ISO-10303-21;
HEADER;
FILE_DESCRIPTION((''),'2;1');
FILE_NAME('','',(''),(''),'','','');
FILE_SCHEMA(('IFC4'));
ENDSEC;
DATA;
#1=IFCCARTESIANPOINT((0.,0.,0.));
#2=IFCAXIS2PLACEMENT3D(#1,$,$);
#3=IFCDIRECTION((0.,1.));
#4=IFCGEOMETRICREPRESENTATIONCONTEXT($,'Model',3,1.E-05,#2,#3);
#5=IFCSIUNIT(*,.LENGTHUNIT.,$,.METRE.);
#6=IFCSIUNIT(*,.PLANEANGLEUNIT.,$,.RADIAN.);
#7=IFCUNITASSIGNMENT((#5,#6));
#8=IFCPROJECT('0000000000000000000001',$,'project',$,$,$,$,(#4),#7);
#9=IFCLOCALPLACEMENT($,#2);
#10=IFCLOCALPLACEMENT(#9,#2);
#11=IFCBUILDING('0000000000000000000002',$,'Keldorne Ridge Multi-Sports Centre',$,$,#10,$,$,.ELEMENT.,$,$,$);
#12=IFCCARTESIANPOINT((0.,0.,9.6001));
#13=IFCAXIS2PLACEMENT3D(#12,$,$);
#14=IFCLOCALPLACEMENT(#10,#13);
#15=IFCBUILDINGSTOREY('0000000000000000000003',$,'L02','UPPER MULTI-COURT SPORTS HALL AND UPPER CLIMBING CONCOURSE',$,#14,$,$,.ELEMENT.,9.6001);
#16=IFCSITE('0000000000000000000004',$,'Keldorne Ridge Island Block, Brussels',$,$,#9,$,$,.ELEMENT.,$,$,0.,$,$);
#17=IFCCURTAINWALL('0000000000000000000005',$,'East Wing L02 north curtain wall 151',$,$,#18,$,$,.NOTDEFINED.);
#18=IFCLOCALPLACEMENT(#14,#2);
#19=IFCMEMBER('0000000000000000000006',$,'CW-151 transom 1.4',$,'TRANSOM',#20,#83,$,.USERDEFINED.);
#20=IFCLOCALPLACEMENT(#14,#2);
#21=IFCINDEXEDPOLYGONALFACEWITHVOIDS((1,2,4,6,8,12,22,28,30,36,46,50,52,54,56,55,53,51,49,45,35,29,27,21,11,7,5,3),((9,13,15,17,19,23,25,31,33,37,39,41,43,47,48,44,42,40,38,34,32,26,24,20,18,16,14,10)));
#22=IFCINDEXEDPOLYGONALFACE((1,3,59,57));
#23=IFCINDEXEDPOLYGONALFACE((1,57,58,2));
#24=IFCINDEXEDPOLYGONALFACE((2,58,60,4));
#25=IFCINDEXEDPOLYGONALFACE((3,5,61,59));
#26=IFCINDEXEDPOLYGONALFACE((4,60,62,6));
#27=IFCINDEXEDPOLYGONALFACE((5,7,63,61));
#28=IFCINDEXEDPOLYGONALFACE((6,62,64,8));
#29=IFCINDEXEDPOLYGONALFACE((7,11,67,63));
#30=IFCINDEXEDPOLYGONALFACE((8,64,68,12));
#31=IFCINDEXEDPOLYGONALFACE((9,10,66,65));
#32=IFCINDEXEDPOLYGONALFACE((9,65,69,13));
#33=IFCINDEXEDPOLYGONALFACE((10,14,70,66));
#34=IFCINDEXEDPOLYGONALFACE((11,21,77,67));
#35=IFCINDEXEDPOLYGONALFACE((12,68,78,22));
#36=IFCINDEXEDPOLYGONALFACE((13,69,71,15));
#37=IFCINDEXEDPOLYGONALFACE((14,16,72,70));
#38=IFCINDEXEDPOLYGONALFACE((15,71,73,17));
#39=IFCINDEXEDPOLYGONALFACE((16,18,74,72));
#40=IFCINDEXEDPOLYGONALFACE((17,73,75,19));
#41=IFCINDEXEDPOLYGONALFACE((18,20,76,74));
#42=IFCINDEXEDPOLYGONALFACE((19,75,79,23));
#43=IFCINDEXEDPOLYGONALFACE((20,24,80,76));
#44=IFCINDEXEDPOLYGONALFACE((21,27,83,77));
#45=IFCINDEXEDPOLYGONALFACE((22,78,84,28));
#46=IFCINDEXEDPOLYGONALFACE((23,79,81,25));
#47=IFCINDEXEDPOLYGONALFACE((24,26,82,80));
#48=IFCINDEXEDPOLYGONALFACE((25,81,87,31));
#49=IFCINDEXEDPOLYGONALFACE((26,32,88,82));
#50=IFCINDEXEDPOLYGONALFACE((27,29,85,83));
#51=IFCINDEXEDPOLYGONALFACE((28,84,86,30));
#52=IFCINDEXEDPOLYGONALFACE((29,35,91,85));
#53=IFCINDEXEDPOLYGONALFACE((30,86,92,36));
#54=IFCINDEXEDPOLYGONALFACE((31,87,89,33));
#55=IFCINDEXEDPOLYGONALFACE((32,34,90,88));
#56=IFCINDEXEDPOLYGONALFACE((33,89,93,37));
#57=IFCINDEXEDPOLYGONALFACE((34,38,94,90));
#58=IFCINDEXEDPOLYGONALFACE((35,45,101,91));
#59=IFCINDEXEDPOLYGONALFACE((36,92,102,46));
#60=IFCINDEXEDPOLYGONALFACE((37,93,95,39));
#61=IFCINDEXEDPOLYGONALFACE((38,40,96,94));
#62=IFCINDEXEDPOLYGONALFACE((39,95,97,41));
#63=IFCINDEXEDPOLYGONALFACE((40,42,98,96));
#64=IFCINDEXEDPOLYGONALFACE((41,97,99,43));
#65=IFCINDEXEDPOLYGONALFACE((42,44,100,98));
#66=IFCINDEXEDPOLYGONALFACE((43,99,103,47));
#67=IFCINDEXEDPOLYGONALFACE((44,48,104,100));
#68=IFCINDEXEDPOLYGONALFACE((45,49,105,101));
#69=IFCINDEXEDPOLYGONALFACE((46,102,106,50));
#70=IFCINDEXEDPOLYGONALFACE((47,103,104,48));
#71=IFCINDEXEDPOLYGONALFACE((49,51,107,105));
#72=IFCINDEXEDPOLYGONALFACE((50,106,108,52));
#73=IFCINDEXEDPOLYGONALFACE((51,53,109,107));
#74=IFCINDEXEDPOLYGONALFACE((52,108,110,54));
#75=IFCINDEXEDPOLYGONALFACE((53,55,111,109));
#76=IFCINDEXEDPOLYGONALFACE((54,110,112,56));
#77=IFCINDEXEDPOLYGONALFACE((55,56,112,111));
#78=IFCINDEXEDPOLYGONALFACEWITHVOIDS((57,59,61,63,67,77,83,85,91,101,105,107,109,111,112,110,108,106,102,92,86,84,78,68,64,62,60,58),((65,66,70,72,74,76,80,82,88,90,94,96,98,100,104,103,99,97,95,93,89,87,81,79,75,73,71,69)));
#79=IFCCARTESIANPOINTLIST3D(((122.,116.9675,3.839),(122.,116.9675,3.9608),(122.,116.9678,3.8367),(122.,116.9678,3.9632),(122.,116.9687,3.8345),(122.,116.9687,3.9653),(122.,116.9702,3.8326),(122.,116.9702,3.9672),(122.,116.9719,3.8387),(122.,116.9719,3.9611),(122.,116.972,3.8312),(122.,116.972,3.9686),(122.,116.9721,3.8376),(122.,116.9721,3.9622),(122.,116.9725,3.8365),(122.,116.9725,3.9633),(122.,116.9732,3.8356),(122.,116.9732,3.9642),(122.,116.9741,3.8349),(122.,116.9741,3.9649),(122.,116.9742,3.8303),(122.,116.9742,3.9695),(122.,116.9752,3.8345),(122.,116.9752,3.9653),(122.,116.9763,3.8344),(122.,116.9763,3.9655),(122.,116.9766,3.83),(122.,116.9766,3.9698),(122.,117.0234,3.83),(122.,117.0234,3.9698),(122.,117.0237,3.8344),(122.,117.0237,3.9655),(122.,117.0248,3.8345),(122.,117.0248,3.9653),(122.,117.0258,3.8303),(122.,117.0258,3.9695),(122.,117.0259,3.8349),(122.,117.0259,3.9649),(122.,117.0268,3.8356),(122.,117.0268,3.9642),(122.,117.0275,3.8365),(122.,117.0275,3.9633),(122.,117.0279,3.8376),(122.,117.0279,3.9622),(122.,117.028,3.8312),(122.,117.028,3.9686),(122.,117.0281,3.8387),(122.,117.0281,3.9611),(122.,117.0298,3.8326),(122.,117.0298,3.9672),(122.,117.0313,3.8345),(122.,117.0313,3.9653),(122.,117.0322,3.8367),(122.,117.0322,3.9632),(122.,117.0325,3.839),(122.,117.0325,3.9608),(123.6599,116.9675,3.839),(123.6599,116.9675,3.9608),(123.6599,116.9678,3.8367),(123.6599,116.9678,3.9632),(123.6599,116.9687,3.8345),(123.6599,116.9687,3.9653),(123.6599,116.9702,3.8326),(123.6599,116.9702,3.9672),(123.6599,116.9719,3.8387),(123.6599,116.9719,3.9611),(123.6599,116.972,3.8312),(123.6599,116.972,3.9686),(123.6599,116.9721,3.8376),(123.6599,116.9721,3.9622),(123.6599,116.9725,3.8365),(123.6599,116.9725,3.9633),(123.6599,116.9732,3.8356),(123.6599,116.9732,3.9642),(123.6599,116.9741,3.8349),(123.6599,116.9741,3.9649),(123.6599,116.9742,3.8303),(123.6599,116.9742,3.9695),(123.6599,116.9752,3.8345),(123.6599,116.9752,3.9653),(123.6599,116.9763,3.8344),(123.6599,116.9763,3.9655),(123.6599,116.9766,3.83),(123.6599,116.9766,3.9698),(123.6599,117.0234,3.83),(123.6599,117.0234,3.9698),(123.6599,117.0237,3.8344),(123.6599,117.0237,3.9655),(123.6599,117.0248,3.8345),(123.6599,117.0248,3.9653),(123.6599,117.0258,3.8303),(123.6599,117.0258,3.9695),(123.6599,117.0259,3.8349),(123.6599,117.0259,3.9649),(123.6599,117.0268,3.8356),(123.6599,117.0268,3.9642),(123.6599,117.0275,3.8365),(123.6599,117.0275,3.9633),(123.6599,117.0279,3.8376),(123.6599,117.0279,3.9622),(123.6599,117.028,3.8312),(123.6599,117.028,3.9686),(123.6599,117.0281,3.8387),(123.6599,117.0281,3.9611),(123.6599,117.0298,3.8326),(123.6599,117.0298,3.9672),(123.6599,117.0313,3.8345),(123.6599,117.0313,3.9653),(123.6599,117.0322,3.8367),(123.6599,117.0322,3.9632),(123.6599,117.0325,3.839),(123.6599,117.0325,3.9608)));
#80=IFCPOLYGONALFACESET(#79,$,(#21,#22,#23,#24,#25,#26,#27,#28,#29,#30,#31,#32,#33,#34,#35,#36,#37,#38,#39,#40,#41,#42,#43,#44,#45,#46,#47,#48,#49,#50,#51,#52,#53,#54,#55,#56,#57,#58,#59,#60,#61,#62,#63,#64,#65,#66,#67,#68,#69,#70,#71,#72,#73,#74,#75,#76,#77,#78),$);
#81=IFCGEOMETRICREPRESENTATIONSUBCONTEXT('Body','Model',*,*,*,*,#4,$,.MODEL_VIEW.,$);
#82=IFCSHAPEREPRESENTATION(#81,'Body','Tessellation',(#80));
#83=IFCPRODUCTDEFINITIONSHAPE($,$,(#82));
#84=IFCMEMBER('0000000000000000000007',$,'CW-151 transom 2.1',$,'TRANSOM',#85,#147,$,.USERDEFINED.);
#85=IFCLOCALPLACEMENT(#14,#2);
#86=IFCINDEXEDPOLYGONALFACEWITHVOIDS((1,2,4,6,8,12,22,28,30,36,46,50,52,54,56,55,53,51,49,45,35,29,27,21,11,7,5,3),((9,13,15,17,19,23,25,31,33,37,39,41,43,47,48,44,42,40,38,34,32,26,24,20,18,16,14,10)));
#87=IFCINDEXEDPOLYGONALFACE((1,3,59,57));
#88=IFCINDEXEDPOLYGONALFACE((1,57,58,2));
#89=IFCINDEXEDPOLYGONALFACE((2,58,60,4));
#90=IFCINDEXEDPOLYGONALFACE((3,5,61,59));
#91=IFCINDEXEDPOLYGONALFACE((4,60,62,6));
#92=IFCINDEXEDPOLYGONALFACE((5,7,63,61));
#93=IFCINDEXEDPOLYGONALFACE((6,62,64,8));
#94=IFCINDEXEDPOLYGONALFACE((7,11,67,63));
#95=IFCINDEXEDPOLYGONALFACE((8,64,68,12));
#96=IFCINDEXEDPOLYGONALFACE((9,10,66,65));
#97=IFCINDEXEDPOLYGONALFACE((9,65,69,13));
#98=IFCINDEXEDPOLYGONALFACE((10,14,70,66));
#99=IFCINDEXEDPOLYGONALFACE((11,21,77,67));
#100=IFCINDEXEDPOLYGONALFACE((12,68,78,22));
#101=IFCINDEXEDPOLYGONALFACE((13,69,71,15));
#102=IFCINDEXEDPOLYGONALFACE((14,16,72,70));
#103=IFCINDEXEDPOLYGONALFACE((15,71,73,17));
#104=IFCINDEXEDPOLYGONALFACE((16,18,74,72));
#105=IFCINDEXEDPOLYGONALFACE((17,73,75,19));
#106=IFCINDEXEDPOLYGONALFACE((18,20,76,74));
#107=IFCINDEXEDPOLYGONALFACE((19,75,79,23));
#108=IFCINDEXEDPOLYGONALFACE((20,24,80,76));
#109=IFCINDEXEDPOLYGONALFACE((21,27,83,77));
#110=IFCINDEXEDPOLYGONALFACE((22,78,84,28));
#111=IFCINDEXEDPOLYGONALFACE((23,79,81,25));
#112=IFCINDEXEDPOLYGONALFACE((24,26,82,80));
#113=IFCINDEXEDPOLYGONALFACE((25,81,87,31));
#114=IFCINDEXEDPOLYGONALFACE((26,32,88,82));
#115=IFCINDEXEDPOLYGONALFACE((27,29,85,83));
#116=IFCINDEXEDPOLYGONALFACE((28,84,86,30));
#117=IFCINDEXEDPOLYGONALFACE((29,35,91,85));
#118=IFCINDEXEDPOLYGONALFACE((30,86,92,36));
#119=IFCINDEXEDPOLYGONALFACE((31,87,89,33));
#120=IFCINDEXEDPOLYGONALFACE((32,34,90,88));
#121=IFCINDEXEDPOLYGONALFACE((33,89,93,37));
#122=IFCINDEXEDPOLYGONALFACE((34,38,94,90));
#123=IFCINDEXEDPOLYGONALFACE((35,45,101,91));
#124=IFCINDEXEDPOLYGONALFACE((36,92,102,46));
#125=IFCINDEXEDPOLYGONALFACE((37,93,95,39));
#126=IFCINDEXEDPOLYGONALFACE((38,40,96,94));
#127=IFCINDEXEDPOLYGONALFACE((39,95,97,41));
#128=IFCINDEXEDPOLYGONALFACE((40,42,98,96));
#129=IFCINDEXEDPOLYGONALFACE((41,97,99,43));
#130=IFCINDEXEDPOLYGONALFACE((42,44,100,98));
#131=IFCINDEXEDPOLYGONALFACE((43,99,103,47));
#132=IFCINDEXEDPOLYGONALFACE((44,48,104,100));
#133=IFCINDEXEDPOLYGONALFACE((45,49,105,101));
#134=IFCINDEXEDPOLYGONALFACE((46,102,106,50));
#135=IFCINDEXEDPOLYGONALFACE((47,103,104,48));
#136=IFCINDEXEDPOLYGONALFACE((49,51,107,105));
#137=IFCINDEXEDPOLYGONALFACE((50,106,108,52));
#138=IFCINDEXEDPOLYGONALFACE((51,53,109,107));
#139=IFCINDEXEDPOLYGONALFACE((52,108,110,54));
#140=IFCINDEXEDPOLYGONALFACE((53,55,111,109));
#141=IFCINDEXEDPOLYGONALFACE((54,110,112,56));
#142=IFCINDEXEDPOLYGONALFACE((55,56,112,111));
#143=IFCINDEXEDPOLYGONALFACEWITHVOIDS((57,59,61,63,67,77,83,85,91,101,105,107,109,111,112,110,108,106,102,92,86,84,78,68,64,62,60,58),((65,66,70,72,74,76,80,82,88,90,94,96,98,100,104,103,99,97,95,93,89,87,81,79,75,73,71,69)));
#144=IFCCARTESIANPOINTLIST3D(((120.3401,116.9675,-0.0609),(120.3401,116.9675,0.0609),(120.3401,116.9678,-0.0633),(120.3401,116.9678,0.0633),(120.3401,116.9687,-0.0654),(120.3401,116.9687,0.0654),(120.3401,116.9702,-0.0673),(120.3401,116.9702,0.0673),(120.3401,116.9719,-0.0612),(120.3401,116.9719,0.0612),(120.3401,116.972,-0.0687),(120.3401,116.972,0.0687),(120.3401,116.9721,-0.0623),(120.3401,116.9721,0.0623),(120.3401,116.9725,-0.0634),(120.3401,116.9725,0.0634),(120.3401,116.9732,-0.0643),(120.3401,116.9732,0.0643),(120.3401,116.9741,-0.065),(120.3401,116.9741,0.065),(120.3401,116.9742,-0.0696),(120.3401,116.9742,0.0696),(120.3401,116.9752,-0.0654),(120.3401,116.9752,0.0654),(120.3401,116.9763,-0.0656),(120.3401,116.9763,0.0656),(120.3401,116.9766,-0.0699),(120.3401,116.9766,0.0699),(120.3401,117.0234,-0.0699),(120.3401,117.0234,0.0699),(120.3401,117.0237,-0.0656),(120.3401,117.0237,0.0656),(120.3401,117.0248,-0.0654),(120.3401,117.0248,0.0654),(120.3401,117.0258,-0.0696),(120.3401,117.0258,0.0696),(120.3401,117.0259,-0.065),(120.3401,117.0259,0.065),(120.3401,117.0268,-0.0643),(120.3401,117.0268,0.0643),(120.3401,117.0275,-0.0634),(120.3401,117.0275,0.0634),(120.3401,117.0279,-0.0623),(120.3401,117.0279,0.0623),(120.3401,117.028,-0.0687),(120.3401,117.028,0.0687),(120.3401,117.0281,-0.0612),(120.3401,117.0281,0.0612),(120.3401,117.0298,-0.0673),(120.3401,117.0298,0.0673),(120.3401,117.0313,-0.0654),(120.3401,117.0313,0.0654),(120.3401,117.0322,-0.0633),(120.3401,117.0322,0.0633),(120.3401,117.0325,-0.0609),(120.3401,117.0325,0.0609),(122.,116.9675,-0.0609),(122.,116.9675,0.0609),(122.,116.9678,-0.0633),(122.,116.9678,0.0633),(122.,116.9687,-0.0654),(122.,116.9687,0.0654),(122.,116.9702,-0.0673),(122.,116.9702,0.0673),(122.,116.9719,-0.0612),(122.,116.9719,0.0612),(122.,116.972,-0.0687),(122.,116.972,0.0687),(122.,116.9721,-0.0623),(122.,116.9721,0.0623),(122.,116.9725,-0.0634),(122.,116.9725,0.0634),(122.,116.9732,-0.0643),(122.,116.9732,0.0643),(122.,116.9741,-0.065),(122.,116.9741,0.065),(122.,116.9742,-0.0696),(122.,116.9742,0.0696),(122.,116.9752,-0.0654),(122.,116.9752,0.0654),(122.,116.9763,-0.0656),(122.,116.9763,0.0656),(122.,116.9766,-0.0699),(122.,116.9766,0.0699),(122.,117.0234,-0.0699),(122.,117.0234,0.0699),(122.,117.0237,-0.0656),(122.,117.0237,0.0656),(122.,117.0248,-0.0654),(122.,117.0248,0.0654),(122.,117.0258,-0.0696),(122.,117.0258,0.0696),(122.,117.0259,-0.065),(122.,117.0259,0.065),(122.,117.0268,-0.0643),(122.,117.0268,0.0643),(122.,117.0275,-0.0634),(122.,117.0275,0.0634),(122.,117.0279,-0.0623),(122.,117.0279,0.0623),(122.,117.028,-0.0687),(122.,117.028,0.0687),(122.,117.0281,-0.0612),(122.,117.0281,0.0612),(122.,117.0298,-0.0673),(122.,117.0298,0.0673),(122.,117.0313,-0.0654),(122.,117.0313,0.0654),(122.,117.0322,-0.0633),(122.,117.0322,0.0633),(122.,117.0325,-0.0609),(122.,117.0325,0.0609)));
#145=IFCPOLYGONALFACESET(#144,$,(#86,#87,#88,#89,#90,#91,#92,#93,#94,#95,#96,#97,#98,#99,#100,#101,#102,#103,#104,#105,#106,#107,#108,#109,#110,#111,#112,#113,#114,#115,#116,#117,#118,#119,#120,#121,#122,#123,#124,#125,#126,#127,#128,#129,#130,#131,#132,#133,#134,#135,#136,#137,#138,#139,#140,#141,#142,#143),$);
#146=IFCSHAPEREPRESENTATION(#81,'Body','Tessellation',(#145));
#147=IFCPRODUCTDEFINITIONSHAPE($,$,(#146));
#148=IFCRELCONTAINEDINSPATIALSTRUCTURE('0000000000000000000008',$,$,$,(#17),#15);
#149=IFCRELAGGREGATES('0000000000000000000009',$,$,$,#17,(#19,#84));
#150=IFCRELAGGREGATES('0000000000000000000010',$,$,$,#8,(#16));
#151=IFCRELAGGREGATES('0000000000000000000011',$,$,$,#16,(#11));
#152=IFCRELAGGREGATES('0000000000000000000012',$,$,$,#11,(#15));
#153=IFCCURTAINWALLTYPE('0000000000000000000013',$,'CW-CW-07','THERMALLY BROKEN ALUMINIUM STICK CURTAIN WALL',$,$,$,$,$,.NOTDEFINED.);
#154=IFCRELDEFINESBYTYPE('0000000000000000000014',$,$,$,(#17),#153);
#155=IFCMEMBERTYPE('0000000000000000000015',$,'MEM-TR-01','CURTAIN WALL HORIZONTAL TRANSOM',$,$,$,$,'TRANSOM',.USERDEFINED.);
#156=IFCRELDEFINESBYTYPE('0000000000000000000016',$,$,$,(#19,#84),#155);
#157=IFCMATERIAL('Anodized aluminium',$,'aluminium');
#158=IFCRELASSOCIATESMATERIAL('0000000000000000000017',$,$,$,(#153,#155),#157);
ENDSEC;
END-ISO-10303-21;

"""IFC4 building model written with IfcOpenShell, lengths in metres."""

from ifc_helpers import new_model, si_unit, direction, frame, origin, origin_2d, place, context, subcontext, project, spatial, hollow_rectangle, extrude, material, material_profile, profile_set, type_object, element, aggregate, save


model = new_model("IFC4")

# Units and contexts
model_context = context("Model", 3, precision=1e-05, world=origin(), true_north=direction((0.0, 1.0)))
body_context = subcontext(model_context, "Body", "Model", "MODEL_VIEW")
ifc_project = project(units=[si_unit("LENGTHUNIT", "METRE"), si_unit("PLANEANGLEUNIT", "RADIAN")], contexts=[model_context])

# Site, building, storey
site_placement = place(None, origin())
site = spatial("IfcSite", under=ifc_project, at=site_placement, Name="Keldorne Ridge Island Block, Brussels", CompositionType="ELEMENT", RefElevation=0.0)
building_placement = place(site_placement, origin())
building = spatial("IfcBuilding", under=site, at=building_placement, Name="Keldorne Ridge Multi-Sports Centre", CompositionType="ELEMENT")
storey_placement = place(building_placement, frame((0.0, 0.0, 9.6001)))
storey = spatial("IfcBuildingStorey", under=building, at=storey_placement, Name="L02", Description="UPPER MULTI-COURT SPORTS HALL AND UPPER CLIMBING CONCOURSE", CompositionType="ELEMENT", Elevation=9.6001)

# Curtain wall, members
ifc_material_1 = material(Name="Anodized aluminium", Category="aluminium")
curtain_wall_type = type_object("IfcCurtainWallType", Name="CW-CW-07", Description="THERMALLY BROKEN ALUMINIUM STICK CURTAIN WALL", PredefinedType="NOTDEFINED", material=ifc_material_1)
curtain_wall_placement = place(storey_placement, origin())
curtain_wall = element("IfcCurtainWall", 1, at=curtain_wall_placement, inside=storey, type_object=curtain_wall_type, Name="East Wing L02 north curtain wall 151", PredefinedType="NOTDEFINED")
ifc_material_profile_1 = material_profile(ifc_material_1, hollow_rectangle(XDim=0.0649, YDim=0.1399, WallThickness=0.0044, InnerFilletRadius=0.0044, OuterFilletRadius=0.009, at=origin_2d()), Name="ALU TRANSOM 140x65x4.5")
ifc_profile_set_1 = profile_set([ifc_material_profile_1], Name="Anodized aluminium")
member_type_1 = type_object("IfcMemberType", Name="MEM-TR-01", Description="CURTAIN WALL HORIZONTAL TRANSOM", ElementType="TRANSOM", PredefinedType="USERDEFINED", material=ifc_profile_set_1)
member_1_placement = place(storey_placement, frame((123.6599, 117.0, 3.8999), z_axis=(-1.0, 0.0, 0.0), x_axis=(0.0, -1.0, 0.0)))
member_1 = element("IfcMember", 2, at=member_1_placement, type_object=member_type_1, Name="CW-151 transom 1.4", ObjectType="TRANSOM", PredefinedType="USERDEFINED", context=body_context, shape_type="SweptSolid", body=[
    extrude(hollow_rectangle(XDim=0.0649, YDim=0.1399, WallThickness=0.0044, InnerFilletRadius=0.0044, OuterFilletRadius=0.009, at=origin_2d()), origin(), (0.0, 0.0, 1.0), 1.6599),
])
member_2_placement = place(storey_placement, frame((122.0, 117.0, 0.0), z_axis=(-1.0, 0.0, 0.0), x_axis=(0.0, -1.0, 0.0)))
member_2 = element("IfcMember", 3, at=member_2_placement, type_object=member_type_1, Name="CW-151 transom 2.1", ObjectType="TRANSOM", PredefinedType="USERDEFINED", context=body_context, shape_type="SweptSolid", body=[
    extrude(hollow_rectangle(XDim=0.0649, YDim=0.1399, WallThickness=0.0044, InnerFilletRadius=0.0044, OuterFilletRadius=0.009, at=origin_2d()), origin(), (0.0, 0.0, 1.0), 1.6599),
])
aggregate(curtain_wall, [member_1, member_2])

save(model, "model.ifc")
